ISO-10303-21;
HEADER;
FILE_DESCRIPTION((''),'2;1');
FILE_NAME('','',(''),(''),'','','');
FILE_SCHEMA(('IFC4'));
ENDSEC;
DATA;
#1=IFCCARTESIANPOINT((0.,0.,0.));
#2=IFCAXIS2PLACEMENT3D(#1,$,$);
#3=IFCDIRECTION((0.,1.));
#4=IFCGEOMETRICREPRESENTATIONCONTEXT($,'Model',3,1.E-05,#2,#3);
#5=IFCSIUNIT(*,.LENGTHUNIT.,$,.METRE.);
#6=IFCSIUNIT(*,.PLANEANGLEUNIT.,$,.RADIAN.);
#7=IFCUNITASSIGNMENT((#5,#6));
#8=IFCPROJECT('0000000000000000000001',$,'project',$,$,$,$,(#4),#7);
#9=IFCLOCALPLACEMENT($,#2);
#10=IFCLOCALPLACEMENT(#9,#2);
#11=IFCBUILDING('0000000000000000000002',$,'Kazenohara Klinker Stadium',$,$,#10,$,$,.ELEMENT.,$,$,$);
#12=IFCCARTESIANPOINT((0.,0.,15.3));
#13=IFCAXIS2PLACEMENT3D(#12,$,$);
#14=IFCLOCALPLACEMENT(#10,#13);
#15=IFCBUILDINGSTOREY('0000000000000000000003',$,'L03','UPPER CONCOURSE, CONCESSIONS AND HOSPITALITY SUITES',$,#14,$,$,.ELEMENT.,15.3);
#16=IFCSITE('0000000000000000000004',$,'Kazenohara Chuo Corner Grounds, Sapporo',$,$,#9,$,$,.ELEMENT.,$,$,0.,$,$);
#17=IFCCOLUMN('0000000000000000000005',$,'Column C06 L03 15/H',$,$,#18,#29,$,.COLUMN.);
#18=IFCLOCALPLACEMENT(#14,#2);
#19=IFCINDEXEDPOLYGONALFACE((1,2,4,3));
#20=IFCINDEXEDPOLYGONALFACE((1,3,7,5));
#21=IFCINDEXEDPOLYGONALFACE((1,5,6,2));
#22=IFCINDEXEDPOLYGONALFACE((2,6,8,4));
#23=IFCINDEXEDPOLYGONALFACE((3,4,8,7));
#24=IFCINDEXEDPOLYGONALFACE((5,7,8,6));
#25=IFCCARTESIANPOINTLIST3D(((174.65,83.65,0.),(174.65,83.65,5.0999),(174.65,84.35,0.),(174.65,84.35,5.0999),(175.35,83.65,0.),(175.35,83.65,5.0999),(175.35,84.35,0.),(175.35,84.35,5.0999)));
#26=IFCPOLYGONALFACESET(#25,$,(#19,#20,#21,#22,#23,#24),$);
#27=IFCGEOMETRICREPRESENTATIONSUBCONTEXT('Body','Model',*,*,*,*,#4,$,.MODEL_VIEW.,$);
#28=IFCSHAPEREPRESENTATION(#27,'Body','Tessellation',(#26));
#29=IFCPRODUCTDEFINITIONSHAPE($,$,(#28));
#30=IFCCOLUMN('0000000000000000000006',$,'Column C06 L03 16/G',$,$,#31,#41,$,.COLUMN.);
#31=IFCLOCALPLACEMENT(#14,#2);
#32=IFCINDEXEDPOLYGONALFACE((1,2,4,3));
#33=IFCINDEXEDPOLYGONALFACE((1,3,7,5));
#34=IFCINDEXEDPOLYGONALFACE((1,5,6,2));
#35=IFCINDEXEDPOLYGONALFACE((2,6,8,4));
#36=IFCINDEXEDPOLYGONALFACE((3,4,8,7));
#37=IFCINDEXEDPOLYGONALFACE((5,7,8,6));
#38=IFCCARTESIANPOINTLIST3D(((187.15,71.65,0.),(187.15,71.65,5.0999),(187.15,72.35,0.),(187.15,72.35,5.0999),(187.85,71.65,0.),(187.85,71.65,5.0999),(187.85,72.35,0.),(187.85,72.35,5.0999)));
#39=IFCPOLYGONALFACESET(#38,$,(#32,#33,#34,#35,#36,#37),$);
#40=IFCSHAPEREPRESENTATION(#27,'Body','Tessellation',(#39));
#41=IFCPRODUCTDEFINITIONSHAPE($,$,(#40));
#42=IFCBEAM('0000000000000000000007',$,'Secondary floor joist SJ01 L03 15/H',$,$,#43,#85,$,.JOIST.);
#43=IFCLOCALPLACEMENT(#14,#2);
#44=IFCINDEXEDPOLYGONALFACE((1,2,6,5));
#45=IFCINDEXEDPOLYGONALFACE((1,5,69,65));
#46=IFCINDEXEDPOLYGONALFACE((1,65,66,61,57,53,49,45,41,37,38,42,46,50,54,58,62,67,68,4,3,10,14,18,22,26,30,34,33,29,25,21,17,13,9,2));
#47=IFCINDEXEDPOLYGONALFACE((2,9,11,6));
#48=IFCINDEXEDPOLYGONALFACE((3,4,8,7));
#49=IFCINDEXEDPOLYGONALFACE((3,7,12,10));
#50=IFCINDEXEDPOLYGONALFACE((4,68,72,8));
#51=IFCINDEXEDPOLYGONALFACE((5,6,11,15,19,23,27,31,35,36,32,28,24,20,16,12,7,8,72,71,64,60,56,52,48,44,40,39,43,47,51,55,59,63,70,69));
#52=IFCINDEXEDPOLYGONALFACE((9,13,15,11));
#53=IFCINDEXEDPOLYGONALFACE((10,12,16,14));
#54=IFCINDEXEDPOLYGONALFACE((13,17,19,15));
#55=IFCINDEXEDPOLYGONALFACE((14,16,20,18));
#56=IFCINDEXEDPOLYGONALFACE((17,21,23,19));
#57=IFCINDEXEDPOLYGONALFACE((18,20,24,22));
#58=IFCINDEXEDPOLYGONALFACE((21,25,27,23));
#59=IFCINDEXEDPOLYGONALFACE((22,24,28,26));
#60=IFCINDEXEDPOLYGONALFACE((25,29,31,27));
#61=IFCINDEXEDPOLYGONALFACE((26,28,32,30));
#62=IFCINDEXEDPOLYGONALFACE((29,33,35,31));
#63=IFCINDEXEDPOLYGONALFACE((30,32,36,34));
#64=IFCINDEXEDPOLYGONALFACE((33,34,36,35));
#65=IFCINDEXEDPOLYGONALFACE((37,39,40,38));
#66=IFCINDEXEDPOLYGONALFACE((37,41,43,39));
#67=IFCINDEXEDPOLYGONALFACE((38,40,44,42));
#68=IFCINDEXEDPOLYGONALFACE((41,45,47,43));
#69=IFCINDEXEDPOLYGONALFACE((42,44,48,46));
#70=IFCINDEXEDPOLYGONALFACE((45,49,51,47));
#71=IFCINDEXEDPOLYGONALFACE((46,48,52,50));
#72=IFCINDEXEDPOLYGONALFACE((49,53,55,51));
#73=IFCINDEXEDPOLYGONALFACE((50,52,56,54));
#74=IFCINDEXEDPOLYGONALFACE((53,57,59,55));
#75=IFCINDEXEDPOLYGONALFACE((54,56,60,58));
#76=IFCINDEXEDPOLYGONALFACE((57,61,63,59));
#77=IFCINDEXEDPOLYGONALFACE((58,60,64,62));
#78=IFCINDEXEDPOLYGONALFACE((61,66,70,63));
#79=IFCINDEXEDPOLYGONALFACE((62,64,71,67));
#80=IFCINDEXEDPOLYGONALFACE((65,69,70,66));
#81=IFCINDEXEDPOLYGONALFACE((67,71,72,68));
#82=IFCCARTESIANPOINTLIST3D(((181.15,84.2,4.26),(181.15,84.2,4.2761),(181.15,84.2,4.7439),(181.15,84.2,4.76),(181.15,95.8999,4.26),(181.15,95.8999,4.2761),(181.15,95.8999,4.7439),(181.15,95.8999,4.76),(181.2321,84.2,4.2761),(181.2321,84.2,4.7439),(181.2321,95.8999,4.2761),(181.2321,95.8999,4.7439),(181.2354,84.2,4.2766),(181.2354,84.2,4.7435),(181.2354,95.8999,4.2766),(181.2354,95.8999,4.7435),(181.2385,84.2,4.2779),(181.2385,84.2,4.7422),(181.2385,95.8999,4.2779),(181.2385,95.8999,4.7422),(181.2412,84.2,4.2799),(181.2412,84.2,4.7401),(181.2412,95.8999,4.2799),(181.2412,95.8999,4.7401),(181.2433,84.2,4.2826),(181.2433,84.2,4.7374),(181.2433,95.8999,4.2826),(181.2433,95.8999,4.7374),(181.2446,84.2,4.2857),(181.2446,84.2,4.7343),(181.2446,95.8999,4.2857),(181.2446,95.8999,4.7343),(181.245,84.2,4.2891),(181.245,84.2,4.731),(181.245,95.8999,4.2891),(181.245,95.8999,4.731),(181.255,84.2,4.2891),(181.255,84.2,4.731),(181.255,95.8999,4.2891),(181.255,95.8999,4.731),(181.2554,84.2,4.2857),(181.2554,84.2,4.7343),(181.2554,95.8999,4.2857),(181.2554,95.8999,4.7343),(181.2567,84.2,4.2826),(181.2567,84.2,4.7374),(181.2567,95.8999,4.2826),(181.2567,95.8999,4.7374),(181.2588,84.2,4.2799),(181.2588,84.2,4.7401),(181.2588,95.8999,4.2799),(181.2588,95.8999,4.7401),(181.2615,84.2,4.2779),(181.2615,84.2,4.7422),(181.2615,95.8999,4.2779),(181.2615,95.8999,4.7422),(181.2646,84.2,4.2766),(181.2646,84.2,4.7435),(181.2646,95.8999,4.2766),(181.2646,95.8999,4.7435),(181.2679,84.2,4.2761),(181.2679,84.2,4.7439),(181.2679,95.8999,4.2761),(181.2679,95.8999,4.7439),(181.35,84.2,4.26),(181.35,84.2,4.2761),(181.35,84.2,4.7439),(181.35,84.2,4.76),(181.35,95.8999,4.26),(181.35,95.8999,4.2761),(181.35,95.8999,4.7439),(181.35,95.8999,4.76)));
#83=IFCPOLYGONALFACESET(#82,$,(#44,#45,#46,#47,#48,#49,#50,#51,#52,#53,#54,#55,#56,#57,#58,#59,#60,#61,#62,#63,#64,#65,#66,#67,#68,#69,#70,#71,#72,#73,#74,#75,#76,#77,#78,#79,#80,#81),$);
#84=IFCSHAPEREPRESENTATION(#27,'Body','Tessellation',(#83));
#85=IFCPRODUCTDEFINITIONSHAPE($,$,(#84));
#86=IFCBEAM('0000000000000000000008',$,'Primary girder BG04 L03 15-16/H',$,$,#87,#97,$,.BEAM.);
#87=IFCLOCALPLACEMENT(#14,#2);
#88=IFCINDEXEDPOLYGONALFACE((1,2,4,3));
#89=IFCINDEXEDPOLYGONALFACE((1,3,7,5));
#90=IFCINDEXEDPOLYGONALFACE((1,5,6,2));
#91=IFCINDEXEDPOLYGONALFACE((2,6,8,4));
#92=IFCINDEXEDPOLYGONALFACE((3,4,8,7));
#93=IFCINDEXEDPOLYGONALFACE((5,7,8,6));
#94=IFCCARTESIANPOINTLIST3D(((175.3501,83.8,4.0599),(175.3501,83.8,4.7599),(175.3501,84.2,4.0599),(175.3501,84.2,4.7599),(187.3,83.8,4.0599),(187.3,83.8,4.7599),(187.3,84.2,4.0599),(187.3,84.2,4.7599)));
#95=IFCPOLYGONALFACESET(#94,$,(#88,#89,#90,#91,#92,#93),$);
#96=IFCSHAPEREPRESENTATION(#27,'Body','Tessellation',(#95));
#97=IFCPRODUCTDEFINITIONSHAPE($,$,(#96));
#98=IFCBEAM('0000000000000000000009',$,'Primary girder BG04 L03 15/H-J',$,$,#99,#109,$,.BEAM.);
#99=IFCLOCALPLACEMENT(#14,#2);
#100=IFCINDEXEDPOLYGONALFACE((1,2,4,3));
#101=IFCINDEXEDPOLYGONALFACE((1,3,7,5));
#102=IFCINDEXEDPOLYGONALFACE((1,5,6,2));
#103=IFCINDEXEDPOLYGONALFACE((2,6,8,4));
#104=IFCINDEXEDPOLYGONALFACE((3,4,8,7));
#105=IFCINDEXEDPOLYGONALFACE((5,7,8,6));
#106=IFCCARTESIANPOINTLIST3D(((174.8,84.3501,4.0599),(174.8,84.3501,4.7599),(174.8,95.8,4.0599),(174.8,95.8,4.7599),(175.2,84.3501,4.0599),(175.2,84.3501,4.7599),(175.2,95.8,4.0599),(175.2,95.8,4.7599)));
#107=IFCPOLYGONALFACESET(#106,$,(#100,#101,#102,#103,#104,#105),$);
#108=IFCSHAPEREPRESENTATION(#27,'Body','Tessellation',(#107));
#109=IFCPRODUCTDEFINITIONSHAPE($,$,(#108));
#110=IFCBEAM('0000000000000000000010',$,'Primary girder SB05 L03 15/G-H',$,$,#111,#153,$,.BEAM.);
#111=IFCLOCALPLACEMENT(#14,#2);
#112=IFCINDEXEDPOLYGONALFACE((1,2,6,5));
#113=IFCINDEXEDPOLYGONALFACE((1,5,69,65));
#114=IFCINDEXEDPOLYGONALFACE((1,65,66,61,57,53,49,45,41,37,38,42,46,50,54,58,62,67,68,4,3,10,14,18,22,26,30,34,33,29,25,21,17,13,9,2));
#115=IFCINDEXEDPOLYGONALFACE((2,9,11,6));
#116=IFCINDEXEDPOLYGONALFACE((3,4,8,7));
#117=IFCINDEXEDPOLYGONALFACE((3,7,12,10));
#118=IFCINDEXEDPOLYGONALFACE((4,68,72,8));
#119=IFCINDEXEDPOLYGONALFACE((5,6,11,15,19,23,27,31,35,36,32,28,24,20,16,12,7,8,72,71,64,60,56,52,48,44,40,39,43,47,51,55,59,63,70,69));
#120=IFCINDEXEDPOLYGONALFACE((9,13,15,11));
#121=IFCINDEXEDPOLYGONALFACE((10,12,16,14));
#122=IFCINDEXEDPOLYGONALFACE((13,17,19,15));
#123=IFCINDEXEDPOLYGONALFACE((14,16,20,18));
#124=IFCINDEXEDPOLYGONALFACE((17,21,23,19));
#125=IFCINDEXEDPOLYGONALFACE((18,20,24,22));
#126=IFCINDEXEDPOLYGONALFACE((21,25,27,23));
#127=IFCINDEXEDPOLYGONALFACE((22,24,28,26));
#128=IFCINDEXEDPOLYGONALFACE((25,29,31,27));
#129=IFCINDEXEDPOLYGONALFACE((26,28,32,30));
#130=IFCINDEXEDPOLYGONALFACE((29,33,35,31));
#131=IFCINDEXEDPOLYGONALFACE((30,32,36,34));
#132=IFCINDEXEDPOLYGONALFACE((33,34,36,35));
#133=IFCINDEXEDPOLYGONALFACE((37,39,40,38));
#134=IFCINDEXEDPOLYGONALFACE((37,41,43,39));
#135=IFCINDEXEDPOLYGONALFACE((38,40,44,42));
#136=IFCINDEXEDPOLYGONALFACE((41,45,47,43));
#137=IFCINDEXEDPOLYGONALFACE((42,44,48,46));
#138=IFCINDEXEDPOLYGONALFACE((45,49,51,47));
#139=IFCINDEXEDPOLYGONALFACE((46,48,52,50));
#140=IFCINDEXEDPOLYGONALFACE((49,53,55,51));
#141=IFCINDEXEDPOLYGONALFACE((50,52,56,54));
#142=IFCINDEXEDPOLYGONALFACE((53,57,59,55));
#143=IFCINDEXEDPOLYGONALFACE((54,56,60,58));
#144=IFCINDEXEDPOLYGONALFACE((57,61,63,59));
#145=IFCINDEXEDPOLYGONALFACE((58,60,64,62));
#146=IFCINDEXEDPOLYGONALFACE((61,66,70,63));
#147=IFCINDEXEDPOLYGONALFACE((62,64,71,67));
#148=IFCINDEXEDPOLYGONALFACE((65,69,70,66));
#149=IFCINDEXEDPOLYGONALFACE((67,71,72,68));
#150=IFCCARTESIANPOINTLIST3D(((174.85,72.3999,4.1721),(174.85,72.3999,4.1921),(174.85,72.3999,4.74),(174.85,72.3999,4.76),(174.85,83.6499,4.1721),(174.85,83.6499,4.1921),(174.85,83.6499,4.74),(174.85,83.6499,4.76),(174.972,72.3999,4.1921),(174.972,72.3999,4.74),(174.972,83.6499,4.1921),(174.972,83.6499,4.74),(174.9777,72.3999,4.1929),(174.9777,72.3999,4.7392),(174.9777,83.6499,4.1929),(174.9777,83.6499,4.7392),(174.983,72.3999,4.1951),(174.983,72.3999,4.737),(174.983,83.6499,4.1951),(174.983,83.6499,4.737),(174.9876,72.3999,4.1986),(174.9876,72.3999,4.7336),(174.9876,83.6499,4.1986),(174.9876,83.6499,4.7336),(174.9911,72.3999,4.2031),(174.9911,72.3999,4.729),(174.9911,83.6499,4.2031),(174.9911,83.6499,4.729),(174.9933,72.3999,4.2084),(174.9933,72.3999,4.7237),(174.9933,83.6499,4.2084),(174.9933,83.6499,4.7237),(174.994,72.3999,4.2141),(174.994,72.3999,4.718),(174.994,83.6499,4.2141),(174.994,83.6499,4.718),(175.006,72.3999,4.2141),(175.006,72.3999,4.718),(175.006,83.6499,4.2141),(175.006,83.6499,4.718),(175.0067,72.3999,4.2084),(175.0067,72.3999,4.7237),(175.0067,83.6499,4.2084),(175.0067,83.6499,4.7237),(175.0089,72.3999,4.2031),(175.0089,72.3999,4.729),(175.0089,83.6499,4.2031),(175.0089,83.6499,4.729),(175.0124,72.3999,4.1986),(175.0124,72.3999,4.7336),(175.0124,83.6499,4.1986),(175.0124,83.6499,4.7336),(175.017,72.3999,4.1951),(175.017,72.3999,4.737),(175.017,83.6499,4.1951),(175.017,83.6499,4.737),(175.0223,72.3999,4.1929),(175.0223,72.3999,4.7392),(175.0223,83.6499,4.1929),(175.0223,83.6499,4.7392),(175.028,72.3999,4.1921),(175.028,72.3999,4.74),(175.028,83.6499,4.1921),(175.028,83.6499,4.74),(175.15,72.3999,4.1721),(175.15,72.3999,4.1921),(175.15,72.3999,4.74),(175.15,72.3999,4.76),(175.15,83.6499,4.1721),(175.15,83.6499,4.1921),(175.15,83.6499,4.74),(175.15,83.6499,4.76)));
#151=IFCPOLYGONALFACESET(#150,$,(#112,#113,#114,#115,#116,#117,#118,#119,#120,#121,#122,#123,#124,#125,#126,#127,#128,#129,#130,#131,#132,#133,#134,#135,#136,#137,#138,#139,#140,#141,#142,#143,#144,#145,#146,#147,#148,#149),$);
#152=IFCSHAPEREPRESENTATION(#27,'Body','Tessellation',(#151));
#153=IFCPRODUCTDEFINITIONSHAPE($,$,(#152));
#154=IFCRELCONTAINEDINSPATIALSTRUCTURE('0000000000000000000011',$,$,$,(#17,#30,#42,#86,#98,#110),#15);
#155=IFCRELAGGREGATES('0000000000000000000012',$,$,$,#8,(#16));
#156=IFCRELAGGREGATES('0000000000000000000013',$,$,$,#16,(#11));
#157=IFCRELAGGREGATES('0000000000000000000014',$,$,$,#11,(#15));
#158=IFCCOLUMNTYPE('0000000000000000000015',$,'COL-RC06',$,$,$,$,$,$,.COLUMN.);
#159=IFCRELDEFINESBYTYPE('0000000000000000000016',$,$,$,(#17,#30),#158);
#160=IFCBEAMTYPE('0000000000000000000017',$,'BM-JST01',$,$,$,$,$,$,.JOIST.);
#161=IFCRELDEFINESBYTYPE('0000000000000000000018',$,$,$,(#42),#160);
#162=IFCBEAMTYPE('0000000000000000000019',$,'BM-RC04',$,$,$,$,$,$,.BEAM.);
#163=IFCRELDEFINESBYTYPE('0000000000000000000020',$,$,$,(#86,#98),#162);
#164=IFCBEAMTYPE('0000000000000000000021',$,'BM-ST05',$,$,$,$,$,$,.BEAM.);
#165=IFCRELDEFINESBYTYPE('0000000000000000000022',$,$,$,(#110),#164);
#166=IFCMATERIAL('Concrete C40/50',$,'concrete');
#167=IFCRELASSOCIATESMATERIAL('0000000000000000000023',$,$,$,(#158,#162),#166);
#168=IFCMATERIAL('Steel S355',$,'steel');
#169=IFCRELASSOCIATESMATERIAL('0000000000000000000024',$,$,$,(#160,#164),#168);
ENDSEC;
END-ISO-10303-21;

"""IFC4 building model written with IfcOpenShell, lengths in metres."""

from ifc_helpers import new_model, si_unit, direction, frame, origin, origin_2d, place, context, subcontext, project, spatial, rectangle, i_section, extrude, material, material_profile, profile_set, type_object, element, save


model = new_model("IFC4")

# Units and contexts
model_context = context("Model", 3, precision=1e-05, world=origin(), true_north=direction((0.0, 1.0)))
body_context = subcontext(model_context, "Body", "Model", "MODEL_VIEW")
ifc_project = project(units=[si_unit("LENGTHUNIT", "METRE"), si_unit("PLANEANGLEUNIT", "RADIAN")], contexts=[model_context])

# Site, building, storey
site_placement = place(None, origin())
site = spatial("IfcSite", under=ifc_project, at=site_placement, Name="Kazenohara Chuo Corner Grounds, Sapporo", CompositionType="ELEMENT", RefElevation=0.0)
building_placement = place(site_placement, origin())
building = spatial("IfcBuilding", under=site, at=building_placement, Name="Kazenohara Klinker Stadium", CompositionType="ELEMENT")
storey_placement = place(building_placement, frame((0.0, 0.0, 15.3)))
storey = spatial("IfcBuildingStorey", under=building, at=storey_placement, Name="L03", Description="UPPER CONCOURSE, CONCESSIONS AND HOSPITALITY SUITES", CompositionType="ELEMENT", Elevation=15.3)

# Columns
ifc_material_1 = material(Name="Concrete C40/50", Category="concrete")
ifc_material_profile_1 = material_profile(ifc_material_1, rectangle(XDim=0.7, YDim=0.7, at=origin_2d()), Name="RC-COL-700x700")
ifc_profile_set_1 = profile_set([ifc_material_profile_1], Name="Concrete C40/50")
column_type = type_object("IfcColumnType", Name="COL-RC06", PredefinedType="COLUMN", material=ifc_profile_set_1)
for number, where, z_axis, x_axis, name in (
    (1, (175.0, 84.0, 0.0), (0.0, 0.0, 1.0), (1.0, 0.0, 0.0), "Column C06 L03 15/H"),
    (2, (187.5, 72.0, 0.0), (0.0, 0.0, 1.0), (1.0, 0.0, 0.0), "Column C06 L03 16/G"),
):
    element("IfcColumn", number, at=place(storey_placement, frame(where, z_axis=z_axis, x_axis=x_axis)), inside=storey, type_object=column_type, Name=name, PredefinedType="COLUMN", context=body_context, shape_type="SweptSolid", body=[
        extrude(rectangle(XDim=0.7, YDim=0.7, at=origin_2d()), origin(), (0.0, 0.0, 1.0), 5.0999),
    ])

# Beams
ifc_material_2 = material(Name="Steel S355", Category="steel")
ifc_material_profile_2 = material_profile(ifc_material_2, i_section(OverallWidth=0.2, OverallDepth=0.5, WebThickness=0.01, FlangeThickness=0.0161, FilletRadius=0.0129, at=origin_2d()), Name="H-500x200x10x16")
ifc_profile_set_2 = profile_set([ifc_material_profile_2], Name="Steel S355")
beam_type_1 = type_object("IfcBeamType", Name="BM-JST01", PredefinedType="JOIST", material=ifc_profile_set_2)
beam_1_placement = place(storey_placement, frame((181.25, 84.2, 4.51), z_axis=(0.0, 1.0, 0.0), x_axis=(-1.0, 0.0, 0.0)))
element("IfcBeam", 3, at=beam_1_placement, inside=storey, type_object=beam_type_1, Name="Secondary floor joist SJ01 L03 15/H", PredefinedType="JOIST", context=body_context, shape_type="SweptSolid", body=[
    extrude(i_section(OverallWidth=0.2, OverallDepth=0.5, WebThickness=0.01, FlangeThickness=0.0161, FilletRadius=0.0129, at=origin_2d()), origin(), (0.0, 0.0, 1.0), 11.7),
])
ifc_material_profile_3 = material_profile(ifc_material_1, rectangle(XDim=0.3999, YDim=0.7, at=origin_2d()), Name="RC-BM-400x700")
ifc_profile_set_3 = profile_set([ifc_material_profile_3], Name="Concrete C40/50")
beam_type_2 = type_object("IfcBeamType", Name="BM-RC04", PredefinedType="BEAM", material=ifc_profile_set_3)
beam_2_placement = place(storey_placement, frame((175.3501, 84.0, 4.4099), z_axis=(1.0, 0.0, 0.0), x_axis=(0.0, 1.0, 0.0)))
element("IfcBeam", 4, at=beam_2_placement, inside=storey, type_object=beam_type_2, Name="Primary girder BG04 L03 15-16/H", PredefinedType="BEAM", context=body_context, shape_type="SweptSolid", body=[
    extrude(rectangle(XDim=0.3999, YDim=0.7, at=origin_2d()), origin(), (0.0, 0.0, 1.0), 11.95),
])
beam_3_placement = place(storey_placement, frame((175.0, 84.3501, 4.4099), z_axis=(0.0, 1.0, 0.0), x_axis=(-1.0, 0.0, 0.0)))
element("IfcBeam", 5, at=beam_3_placement, inside=storey, type_object=beam_type_2, Name="Primary girder BG04 L03 15/H-J", PredefinedType="BEAM", context=body_context, shape_type="SweptSolid", body=[
    extrude(rectangle(XDim=0.3999, YDim=0.7, at=origin_2d()), origin(), (0.0, 0.0, 1.0), 11.45),
])
ifc_material_profile_4 = material_profile(ifc_material_2, i_section(OverallWidth=0.3, OverallDepth=0.5879, WebThickness=0.012, FlangeThickness=0.02, FilletRadius=0.022, at=origin_2d()), Name="H-588x300x12x20")
ifc_profile_set_4 = profile_set([ifc_material_profile_4], Name="Steel S355")
beam_type_3 = type_object("IfcBeamType", Name="BM-ST05", PredefinedType="BEAM", material=ifc_profile_set_4)
beam_4_placement = place(storey_placement, frame((175.0, 72.3999, 4.4661), z_axis=(0.0, 1.0, 0.0), x_axis=(-1.0, 0.0, 0.0)))
element("IfcBeam", 6, at=beam_4_placement, inside=storey, type_object=beam_type_3, Name="Primary girder SB05 L03 15/G-H", PredefinedType="BEAM", context=body_context, shape_type="SweptSolid", body=[
    extrude(i_section(OverallWidth=0.3, OverallDepth=0.5879, WebThickness=0.012, FlangeThickness=0.02, FilletRadius=0.022, at=origin_2d()), origin(), (0.0, 0.0, 1.0), 11.25),
])

save(model, "model.ifc")
